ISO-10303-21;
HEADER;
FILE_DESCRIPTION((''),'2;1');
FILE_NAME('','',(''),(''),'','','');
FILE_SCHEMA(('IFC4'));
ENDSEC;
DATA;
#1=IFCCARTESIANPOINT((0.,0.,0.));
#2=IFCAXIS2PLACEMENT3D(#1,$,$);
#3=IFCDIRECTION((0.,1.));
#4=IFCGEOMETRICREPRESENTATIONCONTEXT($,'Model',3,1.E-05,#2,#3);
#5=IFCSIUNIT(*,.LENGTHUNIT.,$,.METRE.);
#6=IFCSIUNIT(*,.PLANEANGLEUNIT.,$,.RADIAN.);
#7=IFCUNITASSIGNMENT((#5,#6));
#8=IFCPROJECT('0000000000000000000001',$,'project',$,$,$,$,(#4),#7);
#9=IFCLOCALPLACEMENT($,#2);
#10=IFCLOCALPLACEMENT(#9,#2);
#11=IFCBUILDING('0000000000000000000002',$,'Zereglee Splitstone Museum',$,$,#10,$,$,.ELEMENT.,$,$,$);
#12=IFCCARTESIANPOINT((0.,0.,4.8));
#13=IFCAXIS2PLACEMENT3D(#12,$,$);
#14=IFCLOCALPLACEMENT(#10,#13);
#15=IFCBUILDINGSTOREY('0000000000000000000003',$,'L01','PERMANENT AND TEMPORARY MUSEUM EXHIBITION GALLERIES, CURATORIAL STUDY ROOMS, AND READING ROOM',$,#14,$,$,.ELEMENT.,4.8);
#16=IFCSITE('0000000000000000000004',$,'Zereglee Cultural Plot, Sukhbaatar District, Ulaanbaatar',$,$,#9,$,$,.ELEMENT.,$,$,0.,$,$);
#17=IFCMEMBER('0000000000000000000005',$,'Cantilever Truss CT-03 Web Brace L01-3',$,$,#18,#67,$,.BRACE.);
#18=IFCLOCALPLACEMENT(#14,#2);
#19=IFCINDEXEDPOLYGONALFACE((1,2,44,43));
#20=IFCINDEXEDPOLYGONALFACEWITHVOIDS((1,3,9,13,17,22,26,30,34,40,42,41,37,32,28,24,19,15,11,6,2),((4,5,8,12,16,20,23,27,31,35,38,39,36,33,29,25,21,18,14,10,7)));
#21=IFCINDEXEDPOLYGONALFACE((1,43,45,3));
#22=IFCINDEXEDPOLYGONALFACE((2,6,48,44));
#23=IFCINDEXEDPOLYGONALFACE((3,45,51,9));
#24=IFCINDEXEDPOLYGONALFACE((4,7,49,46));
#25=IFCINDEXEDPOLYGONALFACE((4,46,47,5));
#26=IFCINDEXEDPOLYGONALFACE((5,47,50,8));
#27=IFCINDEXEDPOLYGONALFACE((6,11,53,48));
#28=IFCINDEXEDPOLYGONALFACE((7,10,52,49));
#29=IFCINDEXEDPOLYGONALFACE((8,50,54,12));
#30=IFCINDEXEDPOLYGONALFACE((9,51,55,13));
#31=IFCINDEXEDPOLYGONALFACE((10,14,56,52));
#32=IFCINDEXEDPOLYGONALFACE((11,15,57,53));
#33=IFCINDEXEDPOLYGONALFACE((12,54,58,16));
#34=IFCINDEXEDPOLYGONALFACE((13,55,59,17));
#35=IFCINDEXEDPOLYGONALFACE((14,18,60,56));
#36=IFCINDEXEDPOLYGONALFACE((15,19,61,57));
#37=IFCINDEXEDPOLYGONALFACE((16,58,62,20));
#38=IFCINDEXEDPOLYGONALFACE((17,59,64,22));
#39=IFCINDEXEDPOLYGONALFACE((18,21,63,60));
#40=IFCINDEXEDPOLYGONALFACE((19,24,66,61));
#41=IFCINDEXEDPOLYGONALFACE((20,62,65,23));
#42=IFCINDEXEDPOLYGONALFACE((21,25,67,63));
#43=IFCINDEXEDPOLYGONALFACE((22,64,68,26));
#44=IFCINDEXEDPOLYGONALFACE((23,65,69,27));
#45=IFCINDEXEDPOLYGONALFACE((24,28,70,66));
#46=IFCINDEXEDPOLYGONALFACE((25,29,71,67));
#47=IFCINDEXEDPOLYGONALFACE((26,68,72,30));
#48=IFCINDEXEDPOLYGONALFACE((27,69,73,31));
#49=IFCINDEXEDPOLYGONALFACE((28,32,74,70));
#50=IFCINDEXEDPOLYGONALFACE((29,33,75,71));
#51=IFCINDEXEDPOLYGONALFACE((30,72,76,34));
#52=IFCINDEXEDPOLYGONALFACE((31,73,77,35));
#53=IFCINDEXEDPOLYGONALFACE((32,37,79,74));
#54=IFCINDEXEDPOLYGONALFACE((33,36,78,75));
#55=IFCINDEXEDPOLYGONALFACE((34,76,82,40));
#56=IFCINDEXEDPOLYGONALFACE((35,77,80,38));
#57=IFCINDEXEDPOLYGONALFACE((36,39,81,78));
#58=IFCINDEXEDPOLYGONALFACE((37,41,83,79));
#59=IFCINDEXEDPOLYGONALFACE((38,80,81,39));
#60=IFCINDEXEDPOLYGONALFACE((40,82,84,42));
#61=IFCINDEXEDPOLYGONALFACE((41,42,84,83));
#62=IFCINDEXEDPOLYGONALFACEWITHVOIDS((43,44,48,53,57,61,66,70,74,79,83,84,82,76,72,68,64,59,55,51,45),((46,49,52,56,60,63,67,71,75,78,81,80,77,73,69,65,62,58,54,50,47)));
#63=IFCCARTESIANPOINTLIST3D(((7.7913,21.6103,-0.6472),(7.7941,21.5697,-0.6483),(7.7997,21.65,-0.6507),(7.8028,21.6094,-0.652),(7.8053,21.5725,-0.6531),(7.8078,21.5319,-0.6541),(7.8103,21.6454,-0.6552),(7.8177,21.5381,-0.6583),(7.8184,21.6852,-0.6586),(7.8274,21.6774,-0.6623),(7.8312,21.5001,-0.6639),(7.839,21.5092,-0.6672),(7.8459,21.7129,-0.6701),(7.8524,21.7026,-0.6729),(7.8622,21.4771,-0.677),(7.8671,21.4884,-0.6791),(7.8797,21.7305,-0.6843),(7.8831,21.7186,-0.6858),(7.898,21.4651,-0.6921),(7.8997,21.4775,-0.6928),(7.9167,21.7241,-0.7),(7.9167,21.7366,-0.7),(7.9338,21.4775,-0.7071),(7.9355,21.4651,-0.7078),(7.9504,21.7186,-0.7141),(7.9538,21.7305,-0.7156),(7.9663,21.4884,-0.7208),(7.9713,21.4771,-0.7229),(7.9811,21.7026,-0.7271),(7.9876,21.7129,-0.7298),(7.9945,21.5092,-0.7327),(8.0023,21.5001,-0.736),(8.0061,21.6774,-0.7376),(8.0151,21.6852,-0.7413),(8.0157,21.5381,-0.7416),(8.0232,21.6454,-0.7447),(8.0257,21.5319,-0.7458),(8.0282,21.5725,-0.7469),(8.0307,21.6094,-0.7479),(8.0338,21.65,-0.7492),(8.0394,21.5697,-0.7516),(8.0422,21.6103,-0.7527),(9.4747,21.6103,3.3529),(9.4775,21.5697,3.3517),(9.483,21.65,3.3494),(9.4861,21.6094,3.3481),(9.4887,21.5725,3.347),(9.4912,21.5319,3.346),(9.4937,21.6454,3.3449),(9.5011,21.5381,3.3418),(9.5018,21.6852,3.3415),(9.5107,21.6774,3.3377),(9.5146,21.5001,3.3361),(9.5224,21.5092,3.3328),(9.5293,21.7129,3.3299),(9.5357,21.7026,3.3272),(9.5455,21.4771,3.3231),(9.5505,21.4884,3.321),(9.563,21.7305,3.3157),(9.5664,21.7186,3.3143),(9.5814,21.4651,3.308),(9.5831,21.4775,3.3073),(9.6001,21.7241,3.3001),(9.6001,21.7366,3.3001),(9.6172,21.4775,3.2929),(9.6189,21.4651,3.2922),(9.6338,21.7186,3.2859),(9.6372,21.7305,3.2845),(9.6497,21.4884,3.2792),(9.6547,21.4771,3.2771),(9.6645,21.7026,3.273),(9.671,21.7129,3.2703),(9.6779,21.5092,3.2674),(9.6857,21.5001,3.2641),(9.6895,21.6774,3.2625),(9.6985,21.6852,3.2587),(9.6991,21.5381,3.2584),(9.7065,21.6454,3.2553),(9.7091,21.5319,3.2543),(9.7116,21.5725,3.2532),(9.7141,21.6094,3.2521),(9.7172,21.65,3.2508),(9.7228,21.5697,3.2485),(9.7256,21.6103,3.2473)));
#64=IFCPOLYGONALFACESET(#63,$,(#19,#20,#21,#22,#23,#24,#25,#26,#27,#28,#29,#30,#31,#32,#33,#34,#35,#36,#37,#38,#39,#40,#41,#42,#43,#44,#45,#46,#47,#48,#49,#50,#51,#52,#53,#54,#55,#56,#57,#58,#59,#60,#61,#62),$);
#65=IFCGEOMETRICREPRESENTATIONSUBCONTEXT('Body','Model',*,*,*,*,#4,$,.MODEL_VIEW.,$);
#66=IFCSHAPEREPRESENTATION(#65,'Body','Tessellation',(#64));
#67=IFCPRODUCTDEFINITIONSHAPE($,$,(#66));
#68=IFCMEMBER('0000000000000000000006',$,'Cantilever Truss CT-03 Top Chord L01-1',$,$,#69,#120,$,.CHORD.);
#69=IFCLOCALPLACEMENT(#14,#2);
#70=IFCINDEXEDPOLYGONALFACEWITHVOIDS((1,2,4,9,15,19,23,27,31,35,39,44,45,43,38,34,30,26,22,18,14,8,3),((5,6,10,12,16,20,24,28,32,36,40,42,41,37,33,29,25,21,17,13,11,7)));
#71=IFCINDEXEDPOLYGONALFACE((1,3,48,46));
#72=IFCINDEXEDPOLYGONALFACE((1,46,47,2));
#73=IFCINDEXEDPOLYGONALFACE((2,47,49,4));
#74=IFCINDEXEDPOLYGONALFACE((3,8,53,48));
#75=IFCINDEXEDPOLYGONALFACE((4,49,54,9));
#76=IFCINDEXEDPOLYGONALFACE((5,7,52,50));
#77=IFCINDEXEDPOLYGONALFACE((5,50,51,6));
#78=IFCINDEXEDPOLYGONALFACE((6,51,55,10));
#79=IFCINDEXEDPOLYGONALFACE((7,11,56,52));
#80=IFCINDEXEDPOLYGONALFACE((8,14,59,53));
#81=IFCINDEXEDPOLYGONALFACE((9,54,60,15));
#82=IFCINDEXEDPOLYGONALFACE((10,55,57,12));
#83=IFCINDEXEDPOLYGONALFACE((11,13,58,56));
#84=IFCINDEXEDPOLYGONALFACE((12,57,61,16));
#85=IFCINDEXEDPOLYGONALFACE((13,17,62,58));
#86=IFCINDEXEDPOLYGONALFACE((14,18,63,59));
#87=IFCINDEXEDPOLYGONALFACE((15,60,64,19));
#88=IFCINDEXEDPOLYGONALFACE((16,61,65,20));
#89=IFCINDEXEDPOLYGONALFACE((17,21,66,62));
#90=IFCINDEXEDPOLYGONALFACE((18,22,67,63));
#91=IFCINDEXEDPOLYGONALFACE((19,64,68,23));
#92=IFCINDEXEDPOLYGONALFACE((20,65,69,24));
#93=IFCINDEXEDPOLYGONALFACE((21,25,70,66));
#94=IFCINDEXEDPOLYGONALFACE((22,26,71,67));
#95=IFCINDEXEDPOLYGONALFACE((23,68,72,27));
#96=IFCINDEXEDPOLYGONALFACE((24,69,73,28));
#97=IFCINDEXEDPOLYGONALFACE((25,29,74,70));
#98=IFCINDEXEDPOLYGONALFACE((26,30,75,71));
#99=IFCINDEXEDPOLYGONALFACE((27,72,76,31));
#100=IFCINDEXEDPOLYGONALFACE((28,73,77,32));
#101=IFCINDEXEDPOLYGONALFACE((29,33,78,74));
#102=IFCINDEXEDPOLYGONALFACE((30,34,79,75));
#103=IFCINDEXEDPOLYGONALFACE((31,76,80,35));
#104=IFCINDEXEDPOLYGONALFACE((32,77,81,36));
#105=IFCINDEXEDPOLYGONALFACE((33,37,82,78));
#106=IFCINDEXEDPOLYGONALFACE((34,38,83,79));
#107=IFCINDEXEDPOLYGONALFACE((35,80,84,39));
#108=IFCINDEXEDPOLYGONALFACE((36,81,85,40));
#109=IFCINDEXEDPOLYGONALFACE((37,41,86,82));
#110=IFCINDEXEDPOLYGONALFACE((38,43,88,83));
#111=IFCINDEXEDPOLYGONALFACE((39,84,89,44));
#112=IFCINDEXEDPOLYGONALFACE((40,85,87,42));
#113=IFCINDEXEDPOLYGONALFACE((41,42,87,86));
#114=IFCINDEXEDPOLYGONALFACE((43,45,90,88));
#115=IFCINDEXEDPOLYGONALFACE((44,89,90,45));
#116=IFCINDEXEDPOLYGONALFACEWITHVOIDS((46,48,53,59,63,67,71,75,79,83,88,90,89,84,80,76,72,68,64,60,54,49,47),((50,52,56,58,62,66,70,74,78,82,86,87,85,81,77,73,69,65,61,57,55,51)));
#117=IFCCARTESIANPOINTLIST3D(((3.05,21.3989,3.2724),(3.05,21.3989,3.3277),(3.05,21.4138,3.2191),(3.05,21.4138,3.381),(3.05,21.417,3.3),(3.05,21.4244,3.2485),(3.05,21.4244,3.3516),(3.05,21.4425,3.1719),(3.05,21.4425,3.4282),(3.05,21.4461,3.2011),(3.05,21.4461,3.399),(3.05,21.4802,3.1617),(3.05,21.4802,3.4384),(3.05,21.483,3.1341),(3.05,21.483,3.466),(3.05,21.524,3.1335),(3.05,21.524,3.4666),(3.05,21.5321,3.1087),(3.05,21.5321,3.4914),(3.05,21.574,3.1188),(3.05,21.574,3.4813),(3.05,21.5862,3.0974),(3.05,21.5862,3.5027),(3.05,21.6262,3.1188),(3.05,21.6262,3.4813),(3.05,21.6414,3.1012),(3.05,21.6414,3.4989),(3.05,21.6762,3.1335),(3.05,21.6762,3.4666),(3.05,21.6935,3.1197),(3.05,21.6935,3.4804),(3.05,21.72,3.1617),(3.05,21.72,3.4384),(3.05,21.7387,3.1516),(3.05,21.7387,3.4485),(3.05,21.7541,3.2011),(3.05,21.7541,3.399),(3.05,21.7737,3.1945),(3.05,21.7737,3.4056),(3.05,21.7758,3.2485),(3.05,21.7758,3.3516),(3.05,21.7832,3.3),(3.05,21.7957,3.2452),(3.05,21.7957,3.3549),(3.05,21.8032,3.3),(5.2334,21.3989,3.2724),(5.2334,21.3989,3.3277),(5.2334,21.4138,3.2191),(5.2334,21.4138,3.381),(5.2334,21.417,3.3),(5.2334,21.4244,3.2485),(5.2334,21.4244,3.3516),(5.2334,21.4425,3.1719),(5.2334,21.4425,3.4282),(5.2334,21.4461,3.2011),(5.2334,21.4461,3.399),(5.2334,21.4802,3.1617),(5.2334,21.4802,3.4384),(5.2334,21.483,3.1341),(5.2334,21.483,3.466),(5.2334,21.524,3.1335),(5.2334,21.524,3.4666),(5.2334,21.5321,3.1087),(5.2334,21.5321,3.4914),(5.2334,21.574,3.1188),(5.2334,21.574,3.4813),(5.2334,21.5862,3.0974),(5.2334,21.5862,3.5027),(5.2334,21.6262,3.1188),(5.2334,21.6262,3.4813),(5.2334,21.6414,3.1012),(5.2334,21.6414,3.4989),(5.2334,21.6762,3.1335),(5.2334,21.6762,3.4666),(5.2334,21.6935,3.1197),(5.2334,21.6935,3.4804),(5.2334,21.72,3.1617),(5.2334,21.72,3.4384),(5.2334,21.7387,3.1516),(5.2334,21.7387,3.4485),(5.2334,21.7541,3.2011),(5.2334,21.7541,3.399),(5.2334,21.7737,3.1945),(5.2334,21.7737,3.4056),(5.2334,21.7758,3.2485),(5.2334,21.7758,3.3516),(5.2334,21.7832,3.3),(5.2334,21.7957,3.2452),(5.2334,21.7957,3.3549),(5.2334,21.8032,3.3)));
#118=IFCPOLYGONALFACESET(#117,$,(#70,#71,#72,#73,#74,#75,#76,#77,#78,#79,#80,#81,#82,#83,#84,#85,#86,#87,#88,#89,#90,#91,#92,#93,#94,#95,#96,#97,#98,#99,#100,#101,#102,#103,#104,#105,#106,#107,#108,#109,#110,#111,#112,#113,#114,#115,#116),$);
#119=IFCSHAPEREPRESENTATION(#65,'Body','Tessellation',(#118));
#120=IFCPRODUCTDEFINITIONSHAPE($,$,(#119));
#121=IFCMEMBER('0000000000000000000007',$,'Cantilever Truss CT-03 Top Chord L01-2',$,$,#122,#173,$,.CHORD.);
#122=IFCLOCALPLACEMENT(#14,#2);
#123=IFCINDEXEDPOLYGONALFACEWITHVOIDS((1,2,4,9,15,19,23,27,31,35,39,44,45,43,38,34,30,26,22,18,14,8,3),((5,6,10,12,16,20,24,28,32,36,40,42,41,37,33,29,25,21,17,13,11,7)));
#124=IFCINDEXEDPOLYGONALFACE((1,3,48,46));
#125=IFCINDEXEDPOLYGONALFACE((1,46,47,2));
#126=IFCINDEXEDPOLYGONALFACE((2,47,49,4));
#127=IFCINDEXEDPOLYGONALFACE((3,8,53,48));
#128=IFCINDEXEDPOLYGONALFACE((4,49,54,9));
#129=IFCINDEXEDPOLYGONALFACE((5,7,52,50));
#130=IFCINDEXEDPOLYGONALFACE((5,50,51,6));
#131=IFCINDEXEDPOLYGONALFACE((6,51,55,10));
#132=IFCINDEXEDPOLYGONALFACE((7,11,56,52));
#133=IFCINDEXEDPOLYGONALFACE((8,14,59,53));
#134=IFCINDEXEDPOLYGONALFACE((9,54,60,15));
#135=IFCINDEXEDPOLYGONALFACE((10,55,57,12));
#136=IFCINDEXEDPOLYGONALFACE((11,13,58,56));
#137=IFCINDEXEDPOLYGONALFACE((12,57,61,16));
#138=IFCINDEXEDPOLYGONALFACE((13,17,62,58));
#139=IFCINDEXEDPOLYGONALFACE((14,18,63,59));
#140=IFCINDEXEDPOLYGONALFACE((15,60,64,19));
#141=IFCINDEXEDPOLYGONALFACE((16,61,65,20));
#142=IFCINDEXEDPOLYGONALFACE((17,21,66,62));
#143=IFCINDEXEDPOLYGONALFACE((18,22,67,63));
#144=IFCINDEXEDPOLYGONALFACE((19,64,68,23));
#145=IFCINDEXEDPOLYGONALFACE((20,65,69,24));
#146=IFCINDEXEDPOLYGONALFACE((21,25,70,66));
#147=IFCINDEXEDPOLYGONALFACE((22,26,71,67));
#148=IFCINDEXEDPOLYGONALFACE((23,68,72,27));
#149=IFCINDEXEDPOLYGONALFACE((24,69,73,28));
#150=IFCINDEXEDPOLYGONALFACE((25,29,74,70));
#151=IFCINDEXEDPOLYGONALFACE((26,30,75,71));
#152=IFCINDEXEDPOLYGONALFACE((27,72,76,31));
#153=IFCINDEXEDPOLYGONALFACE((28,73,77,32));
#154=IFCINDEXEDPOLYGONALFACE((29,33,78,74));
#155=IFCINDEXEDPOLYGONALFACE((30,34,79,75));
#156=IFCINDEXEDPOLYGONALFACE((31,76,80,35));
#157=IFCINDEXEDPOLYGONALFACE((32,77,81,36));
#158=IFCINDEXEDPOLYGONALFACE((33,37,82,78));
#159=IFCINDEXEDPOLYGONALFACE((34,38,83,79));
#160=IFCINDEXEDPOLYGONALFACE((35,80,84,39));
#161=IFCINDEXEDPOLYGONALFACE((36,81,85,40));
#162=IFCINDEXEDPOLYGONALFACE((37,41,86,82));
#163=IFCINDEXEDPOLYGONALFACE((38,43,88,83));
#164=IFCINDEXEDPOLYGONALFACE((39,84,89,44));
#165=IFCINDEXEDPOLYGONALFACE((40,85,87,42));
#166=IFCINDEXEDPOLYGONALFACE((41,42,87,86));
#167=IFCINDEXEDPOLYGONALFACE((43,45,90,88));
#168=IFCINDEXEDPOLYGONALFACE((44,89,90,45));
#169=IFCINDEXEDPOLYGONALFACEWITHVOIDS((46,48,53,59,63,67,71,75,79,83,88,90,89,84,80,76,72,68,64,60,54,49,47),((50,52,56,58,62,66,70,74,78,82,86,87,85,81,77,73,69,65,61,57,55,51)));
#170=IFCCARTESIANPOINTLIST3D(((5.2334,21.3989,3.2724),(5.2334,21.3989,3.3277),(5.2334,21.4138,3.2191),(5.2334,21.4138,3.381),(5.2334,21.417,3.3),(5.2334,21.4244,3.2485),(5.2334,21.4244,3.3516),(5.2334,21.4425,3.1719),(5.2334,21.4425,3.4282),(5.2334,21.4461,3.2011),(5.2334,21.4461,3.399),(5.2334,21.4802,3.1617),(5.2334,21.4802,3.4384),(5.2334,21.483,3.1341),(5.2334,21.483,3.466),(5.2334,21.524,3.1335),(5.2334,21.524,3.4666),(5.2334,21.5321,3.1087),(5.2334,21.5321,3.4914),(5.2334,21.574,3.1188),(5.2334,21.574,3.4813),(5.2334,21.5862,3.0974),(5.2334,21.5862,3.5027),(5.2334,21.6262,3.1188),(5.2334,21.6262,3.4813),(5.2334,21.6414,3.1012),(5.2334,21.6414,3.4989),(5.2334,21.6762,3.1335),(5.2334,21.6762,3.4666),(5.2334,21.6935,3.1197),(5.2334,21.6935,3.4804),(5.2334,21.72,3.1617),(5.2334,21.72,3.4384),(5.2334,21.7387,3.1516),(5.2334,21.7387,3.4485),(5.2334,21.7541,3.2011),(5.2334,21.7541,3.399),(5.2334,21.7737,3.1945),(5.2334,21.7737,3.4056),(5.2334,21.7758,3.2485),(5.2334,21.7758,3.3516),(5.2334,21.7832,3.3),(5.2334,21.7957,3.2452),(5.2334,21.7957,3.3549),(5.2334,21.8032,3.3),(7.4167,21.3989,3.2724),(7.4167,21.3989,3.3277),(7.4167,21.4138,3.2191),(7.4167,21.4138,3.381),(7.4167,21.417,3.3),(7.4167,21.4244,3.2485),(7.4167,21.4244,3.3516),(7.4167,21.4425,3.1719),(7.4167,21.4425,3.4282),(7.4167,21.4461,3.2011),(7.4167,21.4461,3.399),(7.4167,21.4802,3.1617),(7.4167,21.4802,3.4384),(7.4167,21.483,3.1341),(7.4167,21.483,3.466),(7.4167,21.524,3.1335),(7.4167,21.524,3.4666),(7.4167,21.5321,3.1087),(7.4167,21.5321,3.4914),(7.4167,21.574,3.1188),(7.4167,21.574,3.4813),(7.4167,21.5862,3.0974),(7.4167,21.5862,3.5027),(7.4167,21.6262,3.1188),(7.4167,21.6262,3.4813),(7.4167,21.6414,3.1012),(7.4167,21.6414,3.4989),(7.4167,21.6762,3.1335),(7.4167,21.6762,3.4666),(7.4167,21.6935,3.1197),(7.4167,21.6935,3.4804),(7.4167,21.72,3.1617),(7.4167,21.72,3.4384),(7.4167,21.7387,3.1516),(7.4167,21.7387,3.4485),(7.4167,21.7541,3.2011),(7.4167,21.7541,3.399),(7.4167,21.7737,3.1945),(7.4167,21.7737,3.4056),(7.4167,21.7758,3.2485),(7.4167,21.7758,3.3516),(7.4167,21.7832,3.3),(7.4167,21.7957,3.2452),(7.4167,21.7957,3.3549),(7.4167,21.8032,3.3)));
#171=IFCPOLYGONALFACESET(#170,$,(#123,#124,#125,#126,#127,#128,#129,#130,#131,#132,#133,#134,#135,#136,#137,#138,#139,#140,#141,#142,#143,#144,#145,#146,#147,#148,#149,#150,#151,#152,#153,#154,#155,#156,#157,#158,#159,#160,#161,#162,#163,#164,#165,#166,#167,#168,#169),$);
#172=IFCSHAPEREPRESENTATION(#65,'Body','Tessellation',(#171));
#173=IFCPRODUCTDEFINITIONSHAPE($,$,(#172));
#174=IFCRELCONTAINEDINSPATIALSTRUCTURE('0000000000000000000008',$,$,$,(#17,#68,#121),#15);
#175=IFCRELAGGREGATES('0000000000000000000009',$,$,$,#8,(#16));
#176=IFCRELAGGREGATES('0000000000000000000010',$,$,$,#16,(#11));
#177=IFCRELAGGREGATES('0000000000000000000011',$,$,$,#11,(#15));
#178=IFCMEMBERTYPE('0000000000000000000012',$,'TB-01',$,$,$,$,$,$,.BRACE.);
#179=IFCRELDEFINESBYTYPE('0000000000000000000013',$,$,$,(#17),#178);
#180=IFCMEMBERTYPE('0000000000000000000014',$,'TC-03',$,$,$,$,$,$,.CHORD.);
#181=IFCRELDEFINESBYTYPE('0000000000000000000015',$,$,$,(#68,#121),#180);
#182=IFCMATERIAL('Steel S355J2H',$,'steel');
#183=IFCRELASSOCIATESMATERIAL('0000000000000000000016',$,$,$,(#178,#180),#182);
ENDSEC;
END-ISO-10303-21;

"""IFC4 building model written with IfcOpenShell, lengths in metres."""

from ifc_helpers import new_model, si_unit, direction, frame, origin, origin_2d, place, context, subcontext, project, spatial, hollow_circle, extrude, material, material_profile, profile_set, type_object, element, save


model = new_model("IFC4")

# Units and contexts
model_context = context("Model", 3, precision=1e-05, world=origin(), true_north=direction((0.0, 1.0)))
body_context = subcontext(model_context, "Body", "Model", "MODEL_VIEW")
ifc_project = project(units=[si_unit("LENGTHUNIT", "METRE"), si_unit("PLANEANGLEUNIT", "RADIAN")], contexts=[model_context])

# Site, building, storey
site_placement = place(None, origin())
site = spatial("IfcSite", under=ifc_project, at=site_placement, Name="Zereglee Cultural Plot, Sukhbaatar District, Ulaanbaatar", CompositionType="ELEMENT", RefElevation=0.0)
building_placement = place(site_placement, origin())
building = spatial("IfcBuilding", under=site, at=building_placement, Name="Zereglee Splitstone Museum", CompositionType="ELEMENT")
storey_placement = place(building_placement, frame((0.0, 0.0, 4.8)))
storey = spatial("IfcBuildingStorey", under=building, at=storey_placement, Name="L01", Description="PERMANENT AND TEMPORARY MUSEUM EXHIBITION GALLERIES, CURATORIAL STUDY ROOMS, AND READING ROOM", CompositionType="ELEMENT", Elevation=4.8)

# Members
ifc_material_1 = material(Name="Steel S355J2H", Category="steel")
ifc_material_profile_1 = material_profile(ifc_material_1, hollow_circle(Radius=0.1365, WallThickness=0.0125, at=origin_2d()), Name="CHS 273.0x12.5")
ifc_profile_set_1 = profile_set([ifc_material_profile_1], Name="Steel S355J2H")
member_type_1 = type_object("IfcMemberType", Name="TB-01", PredefinedType="BRACE", material=ifc_profile_set_1)
member_1_placement = place(storey_placement, frame((7.9167, 21.6001, -0.7), z_axis=(0.387888, 0.0, 0.921706), x_axis=(0.0, 1.0, 0.0)))
element("IfcMember", 1, at=member_1_placement, inside=storey, type_object=member_type_1, Name="Cantilever Truss CT-03 Web Brace L01-3", PredefinedType="BRACE", context=body_context, shape_type="SweptSolid", body=[
    extrude(hollow_circle(Radius=0.1365, WallThickness=0.0125, at=origin_2d()), origin(), (0.0, 0.0, 1.0), 4.3398),
])
ifc_material_profile_2 = material_profile(ifc_material_1, hollow_circle(Radius=0.2031, WallThickness=0.02, at=origin_2d()), Name="CHS 406.4x20")
ifc_profile_set_2 = profile_set([ifc_material_profile_2], Name="Steel S355J2H")
member_type_2 = type_object("IfcMemberType", Name="TC-03", PredefinedType="CHORD", material=ifc_profile_set_2)
for number, where, z_axis, x_axis, name in (
    (2, (3.05, 21.6001, 3.3), (1.0, 0.0, 0.0), (0.0, 1.0, 0.0), "Cantilever Truss CT-03 Top Chord L01-1"),
    (3, (5.2334, 21.6001, 3.3), (1.0, 0.0, 0.0), (0.0, 1.0, 0.0), "Cantilever Truss CT-03 Top Chord L01-2"),
):
    element("IfcMember", number, at=place(storey_placement, frame(where, z_axis=z_axis, x_axis=x_axis)), inside=storey, type_object=member_type_2, Name=name, PredefinedType="CHORD", context=body_context, shape_type="SweptSolid", body=[
        extrude(hollow_circle(Radius=0.2031, WallThickness=0.02, at=origin_2d()), origin(), (0.0, 0.0, 1.0), 2.1833),
    ])

save(model, "model.ifc")
